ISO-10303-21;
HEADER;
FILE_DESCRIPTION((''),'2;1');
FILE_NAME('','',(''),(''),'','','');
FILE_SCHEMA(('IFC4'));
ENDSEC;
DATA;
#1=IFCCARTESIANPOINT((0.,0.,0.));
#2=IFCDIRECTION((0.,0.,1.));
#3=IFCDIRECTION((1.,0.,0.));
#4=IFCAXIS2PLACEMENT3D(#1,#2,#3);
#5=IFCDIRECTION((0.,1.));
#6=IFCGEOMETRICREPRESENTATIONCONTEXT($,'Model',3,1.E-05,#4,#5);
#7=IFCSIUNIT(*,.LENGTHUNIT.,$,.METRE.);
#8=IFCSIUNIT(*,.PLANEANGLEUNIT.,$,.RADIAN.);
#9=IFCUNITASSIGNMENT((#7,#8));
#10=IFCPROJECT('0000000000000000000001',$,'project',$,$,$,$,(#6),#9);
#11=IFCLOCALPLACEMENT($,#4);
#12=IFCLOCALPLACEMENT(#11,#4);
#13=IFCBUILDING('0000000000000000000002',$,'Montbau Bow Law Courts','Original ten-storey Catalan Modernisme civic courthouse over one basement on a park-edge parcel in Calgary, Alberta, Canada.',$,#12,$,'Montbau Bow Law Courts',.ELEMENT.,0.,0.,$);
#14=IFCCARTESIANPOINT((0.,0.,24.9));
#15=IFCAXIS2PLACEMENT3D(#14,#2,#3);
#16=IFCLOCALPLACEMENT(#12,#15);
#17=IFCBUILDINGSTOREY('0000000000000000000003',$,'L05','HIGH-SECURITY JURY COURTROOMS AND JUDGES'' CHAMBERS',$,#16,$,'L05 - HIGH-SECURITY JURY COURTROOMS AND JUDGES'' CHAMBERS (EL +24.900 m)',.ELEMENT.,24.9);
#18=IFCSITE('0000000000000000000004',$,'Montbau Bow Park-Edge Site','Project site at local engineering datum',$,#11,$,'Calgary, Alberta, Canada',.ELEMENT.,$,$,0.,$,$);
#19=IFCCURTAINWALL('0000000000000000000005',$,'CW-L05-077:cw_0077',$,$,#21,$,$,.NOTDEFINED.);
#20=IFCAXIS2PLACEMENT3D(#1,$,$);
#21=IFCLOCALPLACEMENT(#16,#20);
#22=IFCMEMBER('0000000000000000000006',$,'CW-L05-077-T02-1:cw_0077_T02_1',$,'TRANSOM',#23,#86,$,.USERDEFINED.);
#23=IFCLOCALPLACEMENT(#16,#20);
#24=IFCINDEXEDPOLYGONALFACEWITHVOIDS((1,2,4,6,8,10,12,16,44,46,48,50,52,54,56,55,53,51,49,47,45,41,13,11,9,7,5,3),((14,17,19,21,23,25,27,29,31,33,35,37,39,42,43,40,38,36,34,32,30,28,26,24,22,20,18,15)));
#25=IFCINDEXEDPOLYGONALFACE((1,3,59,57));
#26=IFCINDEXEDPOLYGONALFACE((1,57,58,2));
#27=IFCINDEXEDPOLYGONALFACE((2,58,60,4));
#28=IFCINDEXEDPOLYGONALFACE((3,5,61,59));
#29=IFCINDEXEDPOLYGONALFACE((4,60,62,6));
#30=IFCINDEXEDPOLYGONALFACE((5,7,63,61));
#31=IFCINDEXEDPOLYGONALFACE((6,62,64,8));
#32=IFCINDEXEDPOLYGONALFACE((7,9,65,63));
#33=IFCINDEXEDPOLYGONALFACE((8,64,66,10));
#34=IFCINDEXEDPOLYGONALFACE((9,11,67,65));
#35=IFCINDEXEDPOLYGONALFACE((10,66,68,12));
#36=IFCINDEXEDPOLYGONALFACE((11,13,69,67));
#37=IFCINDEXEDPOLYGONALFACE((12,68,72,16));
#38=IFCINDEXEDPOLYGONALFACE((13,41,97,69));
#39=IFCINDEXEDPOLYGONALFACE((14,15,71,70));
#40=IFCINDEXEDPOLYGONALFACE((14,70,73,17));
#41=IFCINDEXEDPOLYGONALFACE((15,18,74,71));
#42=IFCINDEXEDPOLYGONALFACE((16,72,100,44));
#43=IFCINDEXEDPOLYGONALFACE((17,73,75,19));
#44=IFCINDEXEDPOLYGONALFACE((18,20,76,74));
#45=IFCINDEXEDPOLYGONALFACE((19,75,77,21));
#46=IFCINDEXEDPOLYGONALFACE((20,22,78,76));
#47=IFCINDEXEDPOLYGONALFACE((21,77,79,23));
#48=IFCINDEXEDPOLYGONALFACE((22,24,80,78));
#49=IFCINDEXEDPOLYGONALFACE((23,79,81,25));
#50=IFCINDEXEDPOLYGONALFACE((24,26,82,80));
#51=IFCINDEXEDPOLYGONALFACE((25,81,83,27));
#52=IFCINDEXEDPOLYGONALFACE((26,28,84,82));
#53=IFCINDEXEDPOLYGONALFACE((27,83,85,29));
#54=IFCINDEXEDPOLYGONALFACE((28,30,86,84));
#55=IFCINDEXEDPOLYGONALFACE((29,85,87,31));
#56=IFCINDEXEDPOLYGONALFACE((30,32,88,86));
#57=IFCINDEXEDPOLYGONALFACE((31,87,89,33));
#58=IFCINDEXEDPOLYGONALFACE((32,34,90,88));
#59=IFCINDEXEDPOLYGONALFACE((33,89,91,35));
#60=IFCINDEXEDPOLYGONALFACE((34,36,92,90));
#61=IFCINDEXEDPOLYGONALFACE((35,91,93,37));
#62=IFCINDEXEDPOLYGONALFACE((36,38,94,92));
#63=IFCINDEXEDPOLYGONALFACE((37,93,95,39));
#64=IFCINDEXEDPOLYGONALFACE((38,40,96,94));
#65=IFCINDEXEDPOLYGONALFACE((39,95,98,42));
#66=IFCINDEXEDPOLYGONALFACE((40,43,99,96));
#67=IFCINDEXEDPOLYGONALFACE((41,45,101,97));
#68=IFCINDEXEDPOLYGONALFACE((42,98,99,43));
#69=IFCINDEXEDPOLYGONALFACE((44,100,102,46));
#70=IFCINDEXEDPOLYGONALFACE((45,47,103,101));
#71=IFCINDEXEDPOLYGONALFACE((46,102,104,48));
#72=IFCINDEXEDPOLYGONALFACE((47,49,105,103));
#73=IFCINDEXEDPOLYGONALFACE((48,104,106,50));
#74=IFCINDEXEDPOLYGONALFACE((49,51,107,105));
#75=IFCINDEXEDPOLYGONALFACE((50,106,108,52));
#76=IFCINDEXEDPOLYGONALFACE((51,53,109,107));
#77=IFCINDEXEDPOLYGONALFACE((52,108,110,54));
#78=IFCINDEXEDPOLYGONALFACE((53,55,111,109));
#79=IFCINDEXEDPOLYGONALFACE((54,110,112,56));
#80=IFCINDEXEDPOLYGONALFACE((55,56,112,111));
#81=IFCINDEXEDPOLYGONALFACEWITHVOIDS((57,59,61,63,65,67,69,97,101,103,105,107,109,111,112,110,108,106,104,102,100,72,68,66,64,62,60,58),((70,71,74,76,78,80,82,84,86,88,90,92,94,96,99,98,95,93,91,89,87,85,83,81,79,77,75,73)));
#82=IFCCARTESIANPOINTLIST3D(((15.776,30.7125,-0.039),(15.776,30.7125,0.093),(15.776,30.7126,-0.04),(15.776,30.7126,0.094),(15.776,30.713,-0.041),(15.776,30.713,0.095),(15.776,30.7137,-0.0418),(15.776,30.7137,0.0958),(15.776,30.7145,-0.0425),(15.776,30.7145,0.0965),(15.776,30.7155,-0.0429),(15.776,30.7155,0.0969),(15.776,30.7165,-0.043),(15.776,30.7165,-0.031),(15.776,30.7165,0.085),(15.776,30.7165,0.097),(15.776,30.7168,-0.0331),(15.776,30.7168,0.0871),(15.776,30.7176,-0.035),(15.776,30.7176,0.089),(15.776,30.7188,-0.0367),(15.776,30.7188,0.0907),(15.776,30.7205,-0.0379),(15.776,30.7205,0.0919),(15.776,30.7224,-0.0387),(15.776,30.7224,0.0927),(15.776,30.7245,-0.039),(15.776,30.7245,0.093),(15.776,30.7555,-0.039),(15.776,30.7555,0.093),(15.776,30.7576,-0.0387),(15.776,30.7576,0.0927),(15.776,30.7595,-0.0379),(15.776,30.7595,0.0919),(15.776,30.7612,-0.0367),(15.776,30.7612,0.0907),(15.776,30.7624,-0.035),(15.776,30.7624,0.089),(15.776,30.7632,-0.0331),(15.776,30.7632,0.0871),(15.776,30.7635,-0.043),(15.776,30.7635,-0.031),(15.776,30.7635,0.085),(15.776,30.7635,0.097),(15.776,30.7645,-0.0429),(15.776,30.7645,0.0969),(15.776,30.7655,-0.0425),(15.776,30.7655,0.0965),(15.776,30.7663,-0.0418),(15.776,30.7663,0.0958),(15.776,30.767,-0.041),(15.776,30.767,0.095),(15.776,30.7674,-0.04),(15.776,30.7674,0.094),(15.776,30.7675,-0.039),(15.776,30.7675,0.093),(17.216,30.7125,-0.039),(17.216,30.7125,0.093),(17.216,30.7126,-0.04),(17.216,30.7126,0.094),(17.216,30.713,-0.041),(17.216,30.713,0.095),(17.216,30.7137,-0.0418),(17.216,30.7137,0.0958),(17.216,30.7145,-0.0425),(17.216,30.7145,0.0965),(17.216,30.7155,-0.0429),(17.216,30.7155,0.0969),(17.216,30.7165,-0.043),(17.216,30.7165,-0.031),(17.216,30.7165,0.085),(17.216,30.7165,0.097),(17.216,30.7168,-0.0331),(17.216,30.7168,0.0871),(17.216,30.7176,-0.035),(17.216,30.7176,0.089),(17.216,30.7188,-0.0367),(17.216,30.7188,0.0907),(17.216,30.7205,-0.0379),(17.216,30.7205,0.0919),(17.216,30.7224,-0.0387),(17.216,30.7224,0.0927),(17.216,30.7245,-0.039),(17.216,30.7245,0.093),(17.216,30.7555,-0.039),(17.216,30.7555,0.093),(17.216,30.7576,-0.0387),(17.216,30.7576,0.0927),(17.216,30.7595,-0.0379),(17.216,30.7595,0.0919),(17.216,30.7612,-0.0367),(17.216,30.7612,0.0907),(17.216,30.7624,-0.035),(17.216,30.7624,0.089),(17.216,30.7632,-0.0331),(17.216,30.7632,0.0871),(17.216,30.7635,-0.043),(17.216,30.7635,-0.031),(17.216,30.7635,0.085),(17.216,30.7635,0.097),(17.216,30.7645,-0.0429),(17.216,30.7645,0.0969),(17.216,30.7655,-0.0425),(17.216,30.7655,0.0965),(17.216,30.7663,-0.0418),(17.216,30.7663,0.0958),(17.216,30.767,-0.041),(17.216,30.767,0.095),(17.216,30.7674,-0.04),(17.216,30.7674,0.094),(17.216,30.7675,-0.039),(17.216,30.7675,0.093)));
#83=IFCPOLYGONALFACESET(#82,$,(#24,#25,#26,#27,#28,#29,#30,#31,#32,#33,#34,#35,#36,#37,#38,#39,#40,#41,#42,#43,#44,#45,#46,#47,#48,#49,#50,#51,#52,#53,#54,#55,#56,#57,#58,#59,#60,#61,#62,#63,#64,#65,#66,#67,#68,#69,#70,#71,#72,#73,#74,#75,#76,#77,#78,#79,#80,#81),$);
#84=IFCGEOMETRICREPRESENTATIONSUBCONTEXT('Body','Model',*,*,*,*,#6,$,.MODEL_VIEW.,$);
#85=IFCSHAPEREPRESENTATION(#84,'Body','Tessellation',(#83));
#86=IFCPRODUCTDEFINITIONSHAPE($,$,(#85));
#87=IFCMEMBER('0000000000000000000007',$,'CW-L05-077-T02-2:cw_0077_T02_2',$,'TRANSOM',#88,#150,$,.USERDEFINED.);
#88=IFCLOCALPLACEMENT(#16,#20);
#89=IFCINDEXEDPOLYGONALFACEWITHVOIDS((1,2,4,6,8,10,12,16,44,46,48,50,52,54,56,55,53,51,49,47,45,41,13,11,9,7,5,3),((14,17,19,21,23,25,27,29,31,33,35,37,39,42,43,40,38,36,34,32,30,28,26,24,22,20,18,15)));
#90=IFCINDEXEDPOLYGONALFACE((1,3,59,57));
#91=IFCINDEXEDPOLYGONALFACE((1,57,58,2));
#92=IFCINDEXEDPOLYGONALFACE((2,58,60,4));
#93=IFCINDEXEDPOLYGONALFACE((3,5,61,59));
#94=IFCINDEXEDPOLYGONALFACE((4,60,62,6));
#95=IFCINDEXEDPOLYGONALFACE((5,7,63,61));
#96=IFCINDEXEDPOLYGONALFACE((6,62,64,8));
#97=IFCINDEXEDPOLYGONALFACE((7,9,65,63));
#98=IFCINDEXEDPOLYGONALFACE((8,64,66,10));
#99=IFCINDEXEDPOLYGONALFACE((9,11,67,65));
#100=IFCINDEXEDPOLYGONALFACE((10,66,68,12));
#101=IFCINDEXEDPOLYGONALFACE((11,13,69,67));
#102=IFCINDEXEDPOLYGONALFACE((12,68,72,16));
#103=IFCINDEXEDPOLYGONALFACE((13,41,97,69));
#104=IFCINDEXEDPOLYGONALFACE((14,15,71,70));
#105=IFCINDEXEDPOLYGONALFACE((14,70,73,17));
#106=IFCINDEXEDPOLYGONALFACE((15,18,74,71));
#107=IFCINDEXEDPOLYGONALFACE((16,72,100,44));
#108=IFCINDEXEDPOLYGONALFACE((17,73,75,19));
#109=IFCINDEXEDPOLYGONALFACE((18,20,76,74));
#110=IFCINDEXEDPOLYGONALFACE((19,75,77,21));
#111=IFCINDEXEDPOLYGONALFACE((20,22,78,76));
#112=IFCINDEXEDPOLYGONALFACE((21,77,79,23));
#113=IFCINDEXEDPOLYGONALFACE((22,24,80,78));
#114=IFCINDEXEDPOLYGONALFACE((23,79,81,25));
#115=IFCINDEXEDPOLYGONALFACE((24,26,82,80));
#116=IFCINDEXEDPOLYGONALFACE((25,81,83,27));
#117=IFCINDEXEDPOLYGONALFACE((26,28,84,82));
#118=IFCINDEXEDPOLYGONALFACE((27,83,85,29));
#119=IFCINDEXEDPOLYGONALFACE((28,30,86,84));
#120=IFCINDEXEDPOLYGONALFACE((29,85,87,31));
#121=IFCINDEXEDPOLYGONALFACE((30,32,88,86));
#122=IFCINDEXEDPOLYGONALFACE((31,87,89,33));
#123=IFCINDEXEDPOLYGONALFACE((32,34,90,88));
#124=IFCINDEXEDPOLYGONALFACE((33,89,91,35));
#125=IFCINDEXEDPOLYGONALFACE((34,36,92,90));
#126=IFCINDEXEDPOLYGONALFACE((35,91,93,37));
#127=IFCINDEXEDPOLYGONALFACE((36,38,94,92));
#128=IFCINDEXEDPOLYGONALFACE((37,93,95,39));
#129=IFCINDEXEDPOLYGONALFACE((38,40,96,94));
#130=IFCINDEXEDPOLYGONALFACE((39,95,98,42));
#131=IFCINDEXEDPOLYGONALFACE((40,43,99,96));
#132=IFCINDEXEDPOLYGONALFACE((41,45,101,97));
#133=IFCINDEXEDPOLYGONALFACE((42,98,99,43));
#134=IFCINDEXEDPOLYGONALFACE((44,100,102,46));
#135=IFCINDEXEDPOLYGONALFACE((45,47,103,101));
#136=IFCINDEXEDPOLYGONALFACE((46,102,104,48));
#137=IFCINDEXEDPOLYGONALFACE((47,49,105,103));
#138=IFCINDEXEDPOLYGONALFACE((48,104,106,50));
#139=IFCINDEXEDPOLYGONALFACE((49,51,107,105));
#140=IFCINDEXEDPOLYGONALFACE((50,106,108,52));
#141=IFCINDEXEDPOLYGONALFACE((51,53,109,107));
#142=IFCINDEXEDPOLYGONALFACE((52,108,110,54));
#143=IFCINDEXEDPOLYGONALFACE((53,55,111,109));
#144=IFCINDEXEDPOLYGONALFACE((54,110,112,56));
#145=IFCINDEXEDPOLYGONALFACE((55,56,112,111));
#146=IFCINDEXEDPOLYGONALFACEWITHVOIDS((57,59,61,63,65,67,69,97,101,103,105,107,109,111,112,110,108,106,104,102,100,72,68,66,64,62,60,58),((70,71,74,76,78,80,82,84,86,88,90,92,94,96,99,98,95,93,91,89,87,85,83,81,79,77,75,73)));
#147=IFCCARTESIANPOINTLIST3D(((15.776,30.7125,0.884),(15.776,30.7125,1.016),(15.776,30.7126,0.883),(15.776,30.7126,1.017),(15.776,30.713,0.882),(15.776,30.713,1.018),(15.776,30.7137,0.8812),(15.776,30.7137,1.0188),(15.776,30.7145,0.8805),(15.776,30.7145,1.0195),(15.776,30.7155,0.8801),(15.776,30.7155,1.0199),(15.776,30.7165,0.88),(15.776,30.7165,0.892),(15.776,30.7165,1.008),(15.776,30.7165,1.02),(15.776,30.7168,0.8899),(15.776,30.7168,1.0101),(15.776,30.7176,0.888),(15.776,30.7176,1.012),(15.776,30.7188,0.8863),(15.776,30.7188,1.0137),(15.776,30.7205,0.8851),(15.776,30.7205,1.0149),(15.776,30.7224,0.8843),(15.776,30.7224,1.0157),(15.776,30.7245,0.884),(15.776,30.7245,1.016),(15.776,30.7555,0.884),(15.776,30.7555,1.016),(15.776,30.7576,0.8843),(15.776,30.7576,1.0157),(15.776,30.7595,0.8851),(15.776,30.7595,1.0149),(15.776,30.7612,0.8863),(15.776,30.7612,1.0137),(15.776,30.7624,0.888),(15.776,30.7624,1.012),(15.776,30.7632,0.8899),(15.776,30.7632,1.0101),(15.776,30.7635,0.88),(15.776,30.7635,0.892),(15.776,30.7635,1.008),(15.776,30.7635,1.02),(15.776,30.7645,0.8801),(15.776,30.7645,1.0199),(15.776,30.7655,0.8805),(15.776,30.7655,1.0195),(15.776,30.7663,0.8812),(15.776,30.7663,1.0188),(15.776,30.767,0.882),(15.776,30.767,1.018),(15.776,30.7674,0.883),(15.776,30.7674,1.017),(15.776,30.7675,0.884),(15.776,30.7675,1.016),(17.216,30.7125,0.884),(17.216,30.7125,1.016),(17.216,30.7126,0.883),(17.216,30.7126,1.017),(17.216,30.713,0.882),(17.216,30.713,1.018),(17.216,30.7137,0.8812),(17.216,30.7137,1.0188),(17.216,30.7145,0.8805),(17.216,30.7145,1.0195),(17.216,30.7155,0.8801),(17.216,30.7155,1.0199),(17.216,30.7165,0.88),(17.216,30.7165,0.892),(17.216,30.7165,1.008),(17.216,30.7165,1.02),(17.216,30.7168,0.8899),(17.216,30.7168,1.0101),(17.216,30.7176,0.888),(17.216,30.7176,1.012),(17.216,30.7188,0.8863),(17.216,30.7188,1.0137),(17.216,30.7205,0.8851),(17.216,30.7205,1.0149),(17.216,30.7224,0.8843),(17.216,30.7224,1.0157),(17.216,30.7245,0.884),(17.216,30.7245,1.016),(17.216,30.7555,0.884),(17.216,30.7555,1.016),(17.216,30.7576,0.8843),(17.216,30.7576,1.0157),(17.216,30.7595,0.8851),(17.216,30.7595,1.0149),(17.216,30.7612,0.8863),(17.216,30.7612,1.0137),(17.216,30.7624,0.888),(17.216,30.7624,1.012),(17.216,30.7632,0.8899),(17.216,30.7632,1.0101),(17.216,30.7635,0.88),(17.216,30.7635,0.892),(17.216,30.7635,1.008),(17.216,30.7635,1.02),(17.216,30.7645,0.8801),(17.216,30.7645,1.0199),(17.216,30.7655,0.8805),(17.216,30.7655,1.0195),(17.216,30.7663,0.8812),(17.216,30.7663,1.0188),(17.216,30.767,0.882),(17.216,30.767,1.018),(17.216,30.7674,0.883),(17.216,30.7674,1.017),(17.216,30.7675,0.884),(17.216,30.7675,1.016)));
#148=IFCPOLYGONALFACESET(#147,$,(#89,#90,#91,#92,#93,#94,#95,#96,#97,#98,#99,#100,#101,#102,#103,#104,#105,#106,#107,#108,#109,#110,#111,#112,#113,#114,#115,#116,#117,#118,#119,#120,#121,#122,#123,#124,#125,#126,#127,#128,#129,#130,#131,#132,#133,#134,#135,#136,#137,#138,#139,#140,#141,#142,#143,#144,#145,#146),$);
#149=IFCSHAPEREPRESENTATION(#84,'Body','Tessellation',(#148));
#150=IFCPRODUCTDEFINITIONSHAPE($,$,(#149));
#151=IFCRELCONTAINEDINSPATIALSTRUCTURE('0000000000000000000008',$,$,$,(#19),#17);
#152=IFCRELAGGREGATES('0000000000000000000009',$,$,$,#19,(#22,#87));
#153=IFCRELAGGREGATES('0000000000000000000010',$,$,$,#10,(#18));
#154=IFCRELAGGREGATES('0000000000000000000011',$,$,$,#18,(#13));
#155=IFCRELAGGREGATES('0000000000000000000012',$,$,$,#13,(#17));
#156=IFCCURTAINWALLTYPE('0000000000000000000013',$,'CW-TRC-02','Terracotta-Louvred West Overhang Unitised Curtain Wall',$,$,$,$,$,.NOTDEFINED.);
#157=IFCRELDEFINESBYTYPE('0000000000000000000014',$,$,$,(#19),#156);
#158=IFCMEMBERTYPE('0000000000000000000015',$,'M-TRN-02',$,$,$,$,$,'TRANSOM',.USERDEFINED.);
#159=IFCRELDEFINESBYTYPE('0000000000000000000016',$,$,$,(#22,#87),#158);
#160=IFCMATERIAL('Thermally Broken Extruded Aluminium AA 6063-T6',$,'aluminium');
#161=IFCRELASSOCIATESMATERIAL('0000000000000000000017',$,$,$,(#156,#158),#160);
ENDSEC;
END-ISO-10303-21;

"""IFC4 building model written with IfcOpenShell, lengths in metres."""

from ifc_helpers import new_model, si_unit, direction, frame, origin_with_axes, origin_2d_with_axis, place, context, subcontext, project, spatial, hollow_rectangle, extrude, material, material_profile, profile_set, type_object, element, aggregate, save


model = new_model("IFC4")

# Units and contexts
model_context = context("Model", 3, precision=1e-05, world=origin_with_axes(), true_north=direction((0.0, 1.0)))
body_context = subcontext(model_context, "Body", "Model", "MODEL_VIEW")
ifc_project = project(units=[si_unit("LENGTHUNIT", "METRE"), si_unit("PLANEANGLEUNIT", "RADIAN")], contexts=[model_context])

# Site, building, storey
site_placement = place(None, origin_with_axes())
site = spatial("IfcSite", under=ifc_project, at=site_placement, Name="Montbau Bow Park-Edge Site", Description="Project site at local engineering datum", LongName="Calgary, Alberta, Canada", CompositionType="ELEMENT", RefElevation=0.0)
building_placement = place(site_placement, origin_with_axes())
building = spatial("IfcBuilding", under=site, at=building_placement, Name="Montbau Bow Law Courts", Description="Original ten-storey Catalan Modernisme civic courthouse over one basement on a park-edge parcel in Calgary, Alberta, Canada.", LongName="Montbau Bow Law Courts", CompositionType="ELEMENT", ElevationOfRefHeight=0.0, ElevationOfTerrain=0.0)
storey_placement = place(building_placement, frame((0.0, 0.0, 24.9), z_axis=(0.0, 0.0, 1.0), x_axis=(1.0, 0.0, 0.0)))
storey = spatial("IfcBuildingStorey", under=building, at=storey_placement, Name="L05", Description="HIGH-SECURITY JURY COURTROOMS AND JUDGES' CHAMBERS", LongName="L05 - HIGH-SECURITY JURY COURTROOMS AND JUDGES' CHAMBERS (EL +24.900 m)", CompositionType="ELEMENT", Elevation=24.9)

# Curtain wall, members
ifc_material_1 = material(Name="Thermally Broken Extruded Aluminium AA 6063-T6", Category="aluminium")
curtain_wall_type = type_object("IfcCurtainWallType", Name="CW-TRC-02", Description="Terracotta-Louvred West Overhang Unitised Curtain Wall", PredefinedType="NOTDEFINED", material=ifc_material_1)
curtain_wall_placement = place(None, frame((14.24, 30.74, 24.9), z_axis=(0.0, 0.0, 1.0), x_axis=(1.0, 0.0, 0.0)))
curtain_wall = element("IfcCurtainWall", 1, at=curtain_wall_placement, inside=storey, type_object=curtain_wall_type, Name="CW-L05-077:cw_0077", PredefinedType="NOTDEFINED")
ifc_material_profile_1 = material_profile(ifc_material_1, hollow_rectangle(XDim=0.055, YDim=0.14, WallThickness=0.004, InnerFilletRadius=0.008, OuterFilletRadius=0.004, at=origin_2d_with_axis()), Name="CWT-140X55", Category="Main", Priority=0)
ifc_profile_set_1 = profile_set([ifc_material_profile_1], Name="Thermally Broken Extruded Aluminium AA 6063-T6")
member_type_1 = type_object("IfcMemberType", Name="M-TRN-02", ElementType="TRANSOM", PredefinedType="USERDEFINED", material=ifc_profile_set_1)
member_1_placement = place(None, frame((15.776, 30.74, 24.927), z_axis=(1.0, 0.0, 0.0), x_axis=(0.0, 1.0, 0.0)))
member_1 = element("IfcMember", 2, at=member_1_placement, type_object=member_type_1, Name="CW-L05-077-T02-1:cw_0077_T02_1", ObjectType="TRANSOM", PredefinedType="USERDEFINED", context=body_context, shape_type="SweptSolid", body=[
    extrude(hollow_rectangle(XDim=0.055, YDim=0.14, WallThickness=0.004, InnerFilletRadius=0.008, OuterFilletRadius=0.004, at=origin_2d_with_axis()), origin_with_axes(), (0.0, 0.0, 1.0), 1.44),
])
member_2_placement = place(None, frame((15.776, 30.74, 25.85), z_axis=(1.0, 0.0, 0.0), x_axis=(0.0, 1.0, 0.0)))
member_2 = element("IfcMember", 3, at=member_2_placement, type_object=member_type_1, Name="CW-L05-077-T02-2:cw_0077_T02_2", ObjectType="TRANSOM", PredefinedType="USERDEFINED", context=body_context, shape_type="SweptSolid", body=[
    extrude(hollow_rectangle(XDim=0.055, YDim=0.14, WallThickness=0.004, InnerFilletRadius=0.008, OuterFilletRadius=0.004, at=origin_2d_with_axis()), origin_with_axes(), (0.0, 0.0, 1.0), 1.44),
])
aggregate(curtain_wall, [member_1, member_2])

save(model, "model.ifc")
